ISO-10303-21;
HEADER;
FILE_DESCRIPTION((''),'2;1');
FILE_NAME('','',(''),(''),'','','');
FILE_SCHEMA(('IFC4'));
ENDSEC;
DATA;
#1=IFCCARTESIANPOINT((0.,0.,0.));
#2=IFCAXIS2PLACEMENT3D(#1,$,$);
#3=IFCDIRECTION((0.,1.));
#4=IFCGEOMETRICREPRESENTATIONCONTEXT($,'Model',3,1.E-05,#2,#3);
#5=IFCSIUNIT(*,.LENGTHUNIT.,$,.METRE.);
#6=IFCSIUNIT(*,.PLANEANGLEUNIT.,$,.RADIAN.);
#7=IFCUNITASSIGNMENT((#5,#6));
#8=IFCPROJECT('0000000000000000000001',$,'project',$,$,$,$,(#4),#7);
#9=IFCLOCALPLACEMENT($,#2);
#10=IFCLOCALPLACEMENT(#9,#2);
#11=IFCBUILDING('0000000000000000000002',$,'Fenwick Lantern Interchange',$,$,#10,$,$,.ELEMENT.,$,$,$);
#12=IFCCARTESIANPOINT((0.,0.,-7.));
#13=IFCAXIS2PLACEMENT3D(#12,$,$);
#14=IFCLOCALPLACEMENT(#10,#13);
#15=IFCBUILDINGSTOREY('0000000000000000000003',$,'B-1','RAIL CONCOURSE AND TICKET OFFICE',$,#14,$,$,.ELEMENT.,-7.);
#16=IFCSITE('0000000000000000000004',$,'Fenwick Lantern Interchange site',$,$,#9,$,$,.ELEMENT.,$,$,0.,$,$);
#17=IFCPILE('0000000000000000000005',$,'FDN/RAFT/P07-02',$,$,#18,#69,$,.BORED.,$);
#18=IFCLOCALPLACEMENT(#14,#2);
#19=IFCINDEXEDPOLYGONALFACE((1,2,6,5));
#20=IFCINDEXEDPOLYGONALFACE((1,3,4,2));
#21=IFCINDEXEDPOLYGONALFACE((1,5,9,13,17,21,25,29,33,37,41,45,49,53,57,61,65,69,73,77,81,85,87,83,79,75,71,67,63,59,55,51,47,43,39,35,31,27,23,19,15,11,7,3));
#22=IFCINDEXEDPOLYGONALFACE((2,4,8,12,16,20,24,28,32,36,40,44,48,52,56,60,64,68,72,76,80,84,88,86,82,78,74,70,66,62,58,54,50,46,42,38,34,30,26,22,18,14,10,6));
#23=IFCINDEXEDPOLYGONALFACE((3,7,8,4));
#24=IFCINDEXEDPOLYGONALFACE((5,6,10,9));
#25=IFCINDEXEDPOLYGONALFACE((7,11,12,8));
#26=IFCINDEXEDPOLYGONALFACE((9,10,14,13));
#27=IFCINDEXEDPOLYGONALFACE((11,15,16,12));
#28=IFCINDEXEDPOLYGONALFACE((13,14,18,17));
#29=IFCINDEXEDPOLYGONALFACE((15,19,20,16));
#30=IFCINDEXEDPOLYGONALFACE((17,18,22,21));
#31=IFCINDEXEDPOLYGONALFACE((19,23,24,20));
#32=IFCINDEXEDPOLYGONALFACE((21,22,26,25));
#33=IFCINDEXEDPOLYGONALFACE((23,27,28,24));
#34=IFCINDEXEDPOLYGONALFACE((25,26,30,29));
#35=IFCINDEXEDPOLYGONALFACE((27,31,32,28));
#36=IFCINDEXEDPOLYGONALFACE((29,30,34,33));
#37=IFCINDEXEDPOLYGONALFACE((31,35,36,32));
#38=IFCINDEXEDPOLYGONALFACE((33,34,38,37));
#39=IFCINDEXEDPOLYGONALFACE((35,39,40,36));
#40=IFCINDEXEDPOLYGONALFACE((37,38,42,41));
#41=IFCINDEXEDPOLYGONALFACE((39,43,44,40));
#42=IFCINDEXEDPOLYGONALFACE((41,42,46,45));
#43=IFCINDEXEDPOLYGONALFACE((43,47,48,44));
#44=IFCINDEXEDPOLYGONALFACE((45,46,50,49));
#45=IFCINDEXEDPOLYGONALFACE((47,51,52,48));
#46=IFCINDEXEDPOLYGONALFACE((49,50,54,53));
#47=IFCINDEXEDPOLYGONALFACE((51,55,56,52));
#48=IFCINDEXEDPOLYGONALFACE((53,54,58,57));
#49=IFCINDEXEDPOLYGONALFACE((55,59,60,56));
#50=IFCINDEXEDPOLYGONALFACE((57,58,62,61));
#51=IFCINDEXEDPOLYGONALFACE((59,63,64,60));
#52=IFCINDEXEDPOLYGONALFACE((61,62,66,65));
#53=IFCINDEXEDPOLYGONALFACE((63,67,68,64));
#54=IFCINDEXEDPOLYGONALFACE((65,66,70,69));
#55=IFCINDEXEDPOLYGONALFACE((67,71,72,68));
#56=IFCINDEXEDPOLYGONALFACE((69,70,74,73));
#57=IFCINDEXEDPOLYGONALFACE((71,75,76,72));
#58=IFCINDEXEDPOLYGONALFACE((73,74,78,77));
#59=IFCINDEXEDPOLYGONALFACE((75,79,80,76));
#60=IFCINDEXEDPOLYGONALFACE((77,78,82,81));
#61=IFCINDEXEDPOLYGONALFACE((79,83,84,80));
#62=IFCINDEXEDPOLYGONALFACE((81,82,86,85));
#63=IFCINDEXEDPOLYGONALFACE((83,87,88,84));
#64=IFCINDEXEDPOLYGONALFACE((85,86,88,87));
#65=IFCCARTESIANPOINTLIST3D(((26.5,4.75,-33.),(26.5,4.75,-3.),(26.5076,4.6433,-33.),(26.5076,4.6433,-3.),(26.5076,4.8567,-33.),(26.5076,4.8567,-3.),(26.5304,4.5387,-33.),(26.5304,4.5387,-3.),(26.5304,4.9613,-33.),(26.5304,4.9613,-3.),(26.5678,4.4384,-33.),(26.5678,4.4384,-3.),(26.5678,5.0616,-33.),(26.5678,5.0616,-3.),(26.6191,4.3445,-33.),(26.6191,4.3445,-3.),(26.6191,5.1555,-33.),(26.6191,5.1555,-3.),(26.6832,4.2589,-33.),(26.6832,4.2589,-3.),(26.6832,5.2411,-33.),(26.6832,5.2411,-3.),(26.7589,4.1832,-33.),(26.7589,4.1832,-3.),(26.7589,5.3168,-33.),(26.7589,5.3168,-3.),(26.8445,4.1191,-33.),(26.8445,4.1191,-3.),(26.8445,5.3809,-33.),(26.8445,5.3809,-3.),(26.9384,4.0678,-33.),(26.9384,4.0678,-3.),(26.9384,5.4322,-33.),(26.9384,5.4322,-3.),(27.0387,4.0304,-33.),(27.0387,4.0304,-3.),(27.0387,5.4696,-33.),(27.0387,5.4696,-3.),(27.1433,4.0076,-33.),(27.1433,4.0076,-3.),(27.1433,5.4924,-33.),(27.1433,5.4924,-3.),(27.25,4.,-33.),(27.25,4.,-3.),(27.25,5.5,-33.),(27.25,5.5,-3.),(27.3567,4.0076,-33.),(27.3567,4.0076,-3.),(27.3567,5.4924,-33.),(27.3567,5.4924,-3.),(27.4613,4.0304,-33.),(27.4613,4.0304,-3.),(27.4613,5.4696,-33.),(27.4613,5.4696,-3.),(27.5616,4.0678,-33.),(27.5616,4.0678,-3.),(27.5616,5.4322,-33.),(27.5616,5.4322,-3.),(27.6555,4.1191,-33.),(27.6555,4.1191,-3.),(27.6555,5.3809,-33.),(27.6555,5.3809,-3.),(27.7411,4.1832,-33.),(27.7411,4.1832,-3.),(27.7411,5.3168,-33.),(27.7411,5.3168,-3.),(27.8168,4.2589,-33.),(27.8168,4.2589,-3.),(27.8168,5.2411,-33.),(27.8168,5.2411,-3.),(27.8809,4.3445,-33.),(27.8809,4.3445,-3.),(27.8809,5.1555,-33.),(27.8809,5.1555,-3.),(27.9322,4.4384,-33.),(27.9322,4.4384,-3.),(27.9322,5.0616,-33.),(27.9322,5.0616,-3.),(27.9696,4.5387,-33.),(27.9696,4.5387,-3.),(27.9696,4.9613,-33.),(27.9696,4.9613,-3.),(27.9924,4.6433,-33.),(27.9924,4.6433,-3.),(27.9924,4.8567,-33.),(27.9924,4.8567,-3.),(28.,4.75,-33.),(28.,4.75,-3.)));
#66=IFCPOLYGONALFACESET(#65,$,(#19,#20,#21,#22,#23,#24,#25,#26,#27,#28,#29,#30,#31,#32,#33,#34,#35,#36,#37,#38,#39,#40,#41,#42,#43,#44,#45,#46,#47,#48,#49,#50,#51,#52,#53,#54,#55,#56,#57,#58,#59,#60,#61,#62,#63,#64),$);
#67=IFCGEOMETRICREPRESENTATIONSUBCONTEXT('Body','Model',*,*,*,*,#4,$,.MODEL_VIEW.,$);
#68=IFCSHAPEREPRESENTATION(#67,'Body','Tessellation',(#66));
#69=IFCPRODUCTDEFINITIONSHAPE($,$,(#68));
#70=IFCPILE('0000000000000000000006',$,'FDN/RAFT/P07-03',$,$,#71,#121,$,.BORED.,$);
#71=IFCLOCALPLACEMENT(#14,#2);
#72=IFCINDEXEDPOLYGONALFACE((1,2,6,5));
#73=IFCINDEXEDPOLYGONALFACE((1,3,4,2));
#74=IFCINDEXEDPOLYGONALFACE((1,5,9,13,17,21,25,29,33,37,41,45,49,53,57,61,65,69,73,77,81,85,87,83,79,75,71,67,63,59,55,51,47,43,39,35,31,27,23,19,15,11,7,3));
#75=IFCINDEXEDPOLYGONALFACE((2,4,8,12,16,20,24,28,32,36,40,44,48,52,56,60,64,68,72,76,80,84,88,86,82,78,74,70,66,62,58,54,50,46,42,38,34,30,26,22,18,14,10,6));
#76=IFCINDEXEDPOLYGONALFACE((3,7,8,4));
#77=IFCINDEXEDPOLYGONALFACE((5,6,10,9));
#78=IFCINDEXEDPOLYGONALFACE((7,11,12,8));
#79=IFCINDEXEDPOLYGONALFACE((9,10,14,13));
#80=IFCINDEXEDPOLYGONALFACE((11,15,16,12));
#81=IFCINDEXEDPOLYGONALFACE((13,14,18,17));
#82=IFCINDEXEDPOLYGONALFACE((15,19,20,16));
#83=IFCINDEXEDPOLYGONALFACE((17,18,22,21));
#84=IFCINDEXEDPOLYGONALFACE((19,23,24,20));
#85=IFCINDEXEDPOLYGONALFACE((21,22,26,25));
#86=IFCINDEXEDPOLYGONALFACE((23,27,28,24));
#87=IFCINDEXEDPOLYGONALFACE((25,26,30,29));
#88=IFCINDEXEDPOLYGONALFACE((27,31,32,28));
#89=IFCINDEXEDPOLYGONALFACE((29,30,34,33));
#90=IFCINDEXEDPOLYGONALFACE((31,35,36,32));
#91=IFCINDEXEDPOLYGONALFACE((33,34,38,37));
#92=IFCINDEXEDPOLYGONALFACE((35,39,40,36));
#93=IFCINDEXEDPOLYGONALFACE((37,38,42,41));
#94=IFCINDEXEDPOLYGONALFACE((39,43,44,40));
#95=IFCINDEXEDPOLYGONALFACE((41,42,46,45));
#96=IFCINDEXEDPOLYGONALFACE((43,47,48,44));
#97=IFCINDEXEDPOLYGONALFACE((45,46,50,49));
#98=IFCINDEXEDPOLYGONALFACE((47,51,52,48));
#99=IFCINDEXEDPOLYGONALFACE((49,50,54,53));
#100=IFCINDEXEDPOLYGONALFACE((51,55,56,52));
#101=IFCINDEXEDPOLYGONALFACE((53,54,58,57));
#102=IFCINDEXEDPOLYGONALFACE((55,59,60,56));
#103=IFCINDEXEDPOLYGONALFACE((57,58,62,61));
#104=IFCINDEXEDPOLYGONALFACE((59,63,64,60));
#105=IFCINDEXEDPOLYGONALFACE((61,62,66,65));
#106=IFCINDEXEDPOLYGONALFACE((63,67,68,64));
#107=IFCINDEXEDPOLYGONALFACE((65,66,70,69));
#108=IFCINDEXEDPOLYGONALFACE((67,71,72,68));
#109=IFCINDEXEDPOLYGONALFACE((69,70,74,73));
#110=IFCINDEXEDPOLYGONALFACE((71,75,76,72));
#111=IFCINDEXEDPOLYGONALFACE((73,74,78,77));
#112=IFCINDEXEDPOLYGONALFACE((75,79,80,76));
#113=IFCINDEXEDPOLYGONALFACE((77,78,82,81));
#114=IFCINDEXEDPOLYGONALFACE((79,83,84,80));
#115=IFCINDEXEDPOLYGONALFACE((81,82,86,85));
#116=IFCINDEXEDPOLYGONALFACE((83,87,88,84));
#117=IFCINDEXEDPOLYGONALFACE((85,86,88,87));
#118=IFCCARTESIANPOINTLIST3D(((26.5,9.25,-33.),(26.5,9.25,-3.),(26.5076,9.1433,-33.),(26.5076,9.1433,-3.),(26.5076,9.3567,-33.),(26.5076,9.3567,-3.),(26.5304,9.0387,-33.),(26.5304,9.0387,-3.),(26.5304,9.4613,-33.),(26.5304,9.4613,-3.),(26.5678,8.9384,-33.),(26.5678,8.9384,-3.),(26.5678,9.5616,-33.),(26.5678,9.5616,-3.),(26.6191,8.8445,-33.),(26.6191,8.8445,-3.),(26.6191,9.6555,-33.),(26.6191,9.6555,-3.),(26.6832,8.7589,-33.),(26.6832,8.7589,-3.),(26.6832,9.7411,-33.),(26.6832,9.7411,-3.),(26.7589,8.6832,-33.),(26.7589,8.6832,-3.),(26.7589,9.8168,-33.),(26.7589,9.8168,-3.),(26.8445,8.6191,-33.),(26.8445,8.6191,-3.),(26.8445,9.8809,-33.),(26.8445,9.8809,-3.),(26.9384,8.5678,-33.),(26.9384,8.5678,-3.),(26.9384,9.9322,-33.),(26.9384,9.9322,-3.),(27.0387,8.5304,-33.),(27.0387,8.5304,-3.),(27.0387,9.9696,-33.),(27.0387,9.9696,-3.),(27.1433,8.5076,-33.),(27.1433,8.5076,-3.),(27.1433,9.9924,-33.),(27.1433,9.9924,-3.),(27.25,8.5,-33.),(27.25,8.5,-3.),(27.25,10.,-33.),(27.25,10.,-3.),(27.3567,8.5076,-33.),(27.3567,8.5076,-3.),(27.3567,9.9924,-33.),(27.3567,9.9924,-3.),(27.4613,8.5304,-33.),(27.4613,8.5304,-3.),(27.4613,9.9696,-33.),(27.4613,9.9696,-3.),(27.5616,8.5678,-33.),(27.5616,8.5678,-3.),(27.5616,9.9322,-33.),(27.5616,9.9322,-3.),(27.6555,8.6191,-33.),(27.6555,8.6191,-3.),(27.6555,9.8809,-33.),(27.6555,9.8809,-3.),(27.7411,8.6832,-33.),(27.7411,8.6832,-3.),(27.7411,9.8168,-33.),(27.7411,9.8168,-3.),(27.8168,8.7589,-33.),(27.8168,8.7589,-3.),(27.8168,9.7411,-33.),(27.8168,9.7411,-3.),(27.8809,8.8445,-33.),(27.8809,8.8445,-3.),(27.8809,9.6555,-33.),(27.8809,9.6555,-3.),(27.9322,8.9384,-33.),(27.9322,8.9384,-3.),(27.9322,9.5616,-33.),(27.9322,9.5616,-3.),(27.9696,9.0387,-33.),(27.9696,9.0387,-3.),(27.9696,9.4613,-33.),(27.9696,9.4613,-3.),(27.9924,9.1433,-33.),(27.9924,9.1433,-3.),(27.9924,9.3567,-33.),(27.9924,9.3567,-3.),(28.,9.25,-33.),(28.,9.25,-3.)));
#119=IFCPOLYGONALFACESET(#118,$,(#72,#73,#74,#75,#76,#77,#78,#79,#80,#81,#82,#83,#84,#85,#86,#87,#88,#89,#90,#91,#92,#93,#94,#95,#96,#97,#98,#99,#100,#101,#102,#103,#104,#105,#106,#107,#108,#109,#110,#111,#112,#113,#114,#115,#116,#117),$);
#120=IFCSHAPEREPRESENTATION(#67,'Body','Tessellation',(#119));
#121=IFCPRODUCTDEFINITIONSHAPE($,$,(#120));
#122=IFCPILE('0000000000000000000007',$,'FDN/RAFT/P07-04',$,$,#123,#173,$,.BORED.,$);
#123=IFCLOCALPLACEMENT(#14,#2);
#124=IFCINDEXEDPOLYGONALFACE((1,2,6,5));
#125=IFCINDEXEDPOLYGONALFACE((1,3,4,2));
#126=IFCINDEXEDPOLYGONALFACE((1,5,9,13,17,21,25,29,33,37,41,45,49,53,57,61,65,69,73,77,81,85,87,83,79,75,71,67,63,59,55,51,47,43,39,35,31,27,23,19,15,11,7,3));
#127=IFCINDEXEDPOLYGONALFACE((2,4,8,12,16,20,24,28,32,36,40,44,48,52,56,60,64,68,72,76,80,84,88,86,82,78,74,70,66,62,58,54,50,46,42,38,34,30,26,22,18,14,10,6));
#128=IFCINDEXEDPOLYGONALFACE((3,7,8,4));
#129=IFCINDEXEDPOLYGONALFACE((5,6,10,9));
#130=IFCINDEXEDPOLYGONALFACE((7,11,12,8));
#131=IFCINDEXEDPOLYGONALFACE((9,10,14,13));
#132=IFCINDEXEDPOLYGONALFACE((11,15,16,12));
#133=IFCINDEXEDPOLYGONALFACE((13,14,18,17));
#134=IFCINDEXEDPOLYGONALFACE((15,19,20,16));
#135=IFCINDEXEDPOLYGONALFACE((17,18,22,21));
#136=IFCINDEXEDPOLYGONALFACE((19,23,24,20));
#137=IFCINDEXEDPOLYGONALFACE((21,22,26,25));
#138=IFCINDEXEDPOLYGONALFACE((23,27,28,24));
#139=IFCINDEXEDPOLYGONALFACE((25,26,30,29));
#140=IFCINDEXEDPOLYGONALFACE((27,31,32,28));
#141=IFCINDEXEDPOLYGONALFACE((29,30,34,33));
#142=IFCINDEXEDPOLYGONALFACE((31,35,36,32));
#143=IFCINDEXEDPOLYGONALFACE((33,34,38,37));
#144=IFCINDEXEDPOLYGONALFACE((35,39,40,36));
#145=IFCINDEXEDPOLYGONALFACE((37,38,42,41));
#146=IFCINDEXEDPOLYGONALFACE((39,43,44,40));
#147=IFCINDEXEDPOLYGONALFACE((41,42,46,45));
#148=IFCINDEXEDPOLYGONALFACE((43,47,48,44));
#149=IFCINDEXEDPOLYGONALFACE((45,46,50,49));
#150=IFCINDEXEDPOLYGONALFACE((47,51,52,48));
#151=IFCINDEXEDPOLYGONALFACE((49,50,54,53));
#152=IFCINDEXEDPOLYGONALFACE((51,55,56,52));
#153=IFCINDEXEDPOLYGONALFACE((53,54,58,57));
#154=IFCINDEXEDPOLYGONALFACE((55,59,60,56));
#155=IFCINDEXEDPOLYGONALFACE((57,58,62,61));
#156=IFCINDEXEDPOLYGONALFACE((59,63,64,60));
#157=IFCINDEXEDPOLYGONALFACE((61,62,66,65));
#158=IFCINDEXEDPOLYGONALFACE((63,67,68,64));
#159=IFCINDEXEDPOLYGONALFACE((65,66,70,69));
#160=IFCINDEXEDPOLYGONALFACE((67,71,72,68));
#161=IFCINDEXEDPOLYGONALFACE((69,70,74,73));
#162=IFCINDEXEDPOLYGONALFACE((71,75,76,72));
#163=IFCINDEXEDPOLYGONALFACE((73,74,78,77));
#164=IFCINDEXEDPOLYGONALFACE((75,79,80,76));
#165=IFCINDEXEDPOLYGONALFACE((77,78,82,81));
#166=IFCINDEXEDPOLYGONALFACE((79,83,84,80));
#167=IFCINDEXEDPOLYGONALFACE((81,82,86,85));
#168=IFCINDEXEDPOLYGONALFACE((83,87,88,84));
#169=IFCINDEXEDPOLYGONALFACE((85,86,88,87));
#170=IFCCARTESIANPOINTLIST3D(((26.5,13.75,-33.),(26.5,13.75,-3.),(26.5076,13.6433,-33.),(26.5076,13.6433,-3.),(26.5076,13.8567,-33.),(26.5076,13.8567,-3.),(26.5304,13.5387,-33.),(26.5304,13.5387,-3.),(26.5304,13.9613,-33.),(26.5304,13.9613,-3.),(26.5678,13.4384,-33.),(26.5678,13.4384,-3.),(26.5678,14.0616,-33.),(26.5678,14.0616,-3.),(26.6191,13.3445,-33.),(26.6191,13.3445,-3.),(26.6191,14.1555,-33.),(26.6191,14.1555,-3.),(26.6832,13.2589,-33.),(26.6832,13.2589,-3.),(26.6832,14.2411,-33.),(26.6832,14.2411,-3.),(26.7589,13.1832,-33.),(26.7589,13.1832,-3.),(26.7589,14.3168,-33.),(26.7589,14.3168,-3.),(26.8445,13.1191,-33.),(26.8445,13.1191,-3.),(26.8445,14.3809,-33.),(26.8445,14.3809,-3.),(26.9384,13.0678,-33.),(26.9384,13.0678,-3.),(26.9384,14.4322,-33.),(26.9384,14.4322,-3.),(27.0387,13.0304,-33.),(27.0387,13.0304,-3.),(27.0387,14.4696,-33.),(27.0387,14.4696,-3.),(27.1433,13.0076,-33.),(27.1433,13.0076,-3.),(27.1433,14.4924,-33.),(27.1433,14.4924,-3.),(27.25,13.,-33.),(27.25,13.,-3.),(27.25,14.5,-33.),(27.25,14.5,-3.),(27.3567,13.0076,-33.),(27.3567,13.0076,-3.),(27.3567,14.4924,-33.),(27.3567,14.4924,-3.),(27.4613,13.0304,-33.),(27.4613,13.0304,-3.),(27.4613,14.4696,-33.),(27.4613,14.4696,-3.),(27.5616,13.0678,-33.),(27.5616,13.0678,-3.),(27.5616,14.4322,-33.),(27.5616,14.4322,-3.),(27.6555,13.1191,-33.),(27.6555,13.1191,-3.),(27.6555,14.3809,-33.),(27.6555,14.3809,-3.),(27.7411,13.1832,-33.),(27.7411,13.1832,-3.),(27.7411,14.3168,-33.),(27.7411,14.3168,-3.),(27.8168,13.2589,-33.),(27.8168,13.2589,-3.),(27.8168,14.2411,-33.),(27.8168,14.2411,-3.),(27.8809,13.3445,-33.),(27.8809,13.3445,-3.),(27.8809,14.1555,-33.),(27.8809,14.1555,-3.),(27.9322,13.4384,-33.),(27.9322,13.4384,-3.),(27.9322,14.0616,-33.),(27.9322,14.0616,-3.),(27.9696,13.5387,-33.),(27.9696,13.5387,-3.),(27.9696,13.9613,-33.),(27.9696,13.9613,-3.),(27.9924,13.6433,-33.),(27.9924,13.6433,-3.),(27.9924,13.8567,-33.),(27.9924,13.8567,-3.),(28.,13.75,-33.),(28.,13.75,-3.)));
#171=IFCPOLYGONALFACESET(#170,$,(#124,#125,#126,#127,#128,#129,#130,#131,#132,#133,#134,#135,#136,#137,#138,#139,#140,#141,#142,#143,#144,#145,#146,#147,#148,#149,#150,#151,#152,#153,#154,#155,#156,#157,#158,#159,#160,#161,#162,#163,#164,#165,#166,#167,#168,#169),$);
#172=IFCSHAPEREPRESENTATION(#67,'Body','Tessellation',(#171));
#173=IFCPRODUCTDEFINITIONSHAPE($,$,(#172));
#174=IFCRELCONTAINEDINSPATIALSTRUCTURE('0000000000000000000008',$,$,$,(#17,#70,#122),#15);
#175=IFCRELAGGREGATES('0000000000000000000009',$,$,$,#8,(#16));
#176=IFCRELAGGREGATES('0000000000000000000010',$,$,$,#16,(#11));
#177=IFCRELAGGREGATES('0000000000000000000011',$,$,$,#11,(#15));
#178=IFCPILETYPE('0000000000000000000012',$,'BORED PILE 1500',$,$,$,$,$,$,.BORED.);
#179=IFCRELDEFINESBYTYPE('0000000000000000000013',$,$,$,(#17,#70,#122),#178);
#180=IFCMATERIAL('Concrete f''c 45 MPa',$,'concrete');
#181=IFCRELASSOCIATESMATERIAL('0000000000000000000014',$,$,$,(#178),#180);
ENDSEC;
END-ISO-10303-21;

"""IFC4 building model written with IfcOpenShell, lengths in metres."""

from ifc_helpers import new_model, si_unit, direction, frame, origin, origin_2d, place, context, subcontext, project, spatial, circle, extrude, material, type_object, element, save


model = new_model("IFC4")

# Units and contexts
model_context = context("Model", 3, precision=1e-05, world=origin(), true_north=direction((0.0, 1.0)))
body_context = subcontext(model_context, "Body", "Model", "MODEL_VIEW")
ifc_project = project(units=[si_unit("LENGTHUNIT", "METRE"), si_unit("PLANEANGLEUNIT", "RADIAN")], contexts=[model_context])

# Site, building, storey
site_placement = place(None, origin())
site = spatial("IfcSite", under=ifc_project, at=site_placement, Name="Fenwick Lantern Interchange site", CompositionType="ELEMENT", RefElevation=0.0)
building_placement = place(site_placement, origin())
building = spatial("IfcBuilding", under=site, at=building_placement, Name="Fenwick Lantern Interchange", CompositionType="ELEMENT")
storey_placement = place(building_placement, frame((0.0, 0.0, -7.0)))
storey = spatial("IfcBuildingStorey", under=building, at=storey_placement, Name="B-1", Description="RAIL CONCOURSE AND TICKET OFFICE", CompositionType="ELEMENT", Elevation=-7.0)

# Piles
ifc_material_1 = material(Name="Concrete f'c 45 MPa", Category="concrete")
pile_type = type_object("IfcPileType", Name="BORED PILE 1500", PredefinedType="BORED", material=ifc_material_1)
for number, where, z_axis, x_axis, name in (
    (1, (27.25, 4.75, -3.0), (0.0, 0.0, -1.0), (1.0, 0.0, 0.0), "FDN/RAFT/P07-02"),
    (2, (27.25, 9.25, -3.0), (0.0, 0.0, -1.0), (1.0, 0.0, 0.0), "FDN/RAFT/P07-03"),
    (3, (27.25, 13.75, -3.0), (0.0, 0.0, -1.0), (1.0, 0.0, 0.0), "FDN/RAFT/P07-04"),
):
    element("IfcPile", number, at=place(storey_placement, frame(where, z_axis=z_axis, x_axis=x_axis)), inside=storey, type_object=pile_type, Name=name, PredefinedType="BORED", context=body_context, shape_type="SweptSolid", body=[
        extrude(circle(Radius=0.75, at=origin_2d()), origin(), (0.0, 0.0, 1.0), 30.0),
    ])

save(model, "model.ifc")
